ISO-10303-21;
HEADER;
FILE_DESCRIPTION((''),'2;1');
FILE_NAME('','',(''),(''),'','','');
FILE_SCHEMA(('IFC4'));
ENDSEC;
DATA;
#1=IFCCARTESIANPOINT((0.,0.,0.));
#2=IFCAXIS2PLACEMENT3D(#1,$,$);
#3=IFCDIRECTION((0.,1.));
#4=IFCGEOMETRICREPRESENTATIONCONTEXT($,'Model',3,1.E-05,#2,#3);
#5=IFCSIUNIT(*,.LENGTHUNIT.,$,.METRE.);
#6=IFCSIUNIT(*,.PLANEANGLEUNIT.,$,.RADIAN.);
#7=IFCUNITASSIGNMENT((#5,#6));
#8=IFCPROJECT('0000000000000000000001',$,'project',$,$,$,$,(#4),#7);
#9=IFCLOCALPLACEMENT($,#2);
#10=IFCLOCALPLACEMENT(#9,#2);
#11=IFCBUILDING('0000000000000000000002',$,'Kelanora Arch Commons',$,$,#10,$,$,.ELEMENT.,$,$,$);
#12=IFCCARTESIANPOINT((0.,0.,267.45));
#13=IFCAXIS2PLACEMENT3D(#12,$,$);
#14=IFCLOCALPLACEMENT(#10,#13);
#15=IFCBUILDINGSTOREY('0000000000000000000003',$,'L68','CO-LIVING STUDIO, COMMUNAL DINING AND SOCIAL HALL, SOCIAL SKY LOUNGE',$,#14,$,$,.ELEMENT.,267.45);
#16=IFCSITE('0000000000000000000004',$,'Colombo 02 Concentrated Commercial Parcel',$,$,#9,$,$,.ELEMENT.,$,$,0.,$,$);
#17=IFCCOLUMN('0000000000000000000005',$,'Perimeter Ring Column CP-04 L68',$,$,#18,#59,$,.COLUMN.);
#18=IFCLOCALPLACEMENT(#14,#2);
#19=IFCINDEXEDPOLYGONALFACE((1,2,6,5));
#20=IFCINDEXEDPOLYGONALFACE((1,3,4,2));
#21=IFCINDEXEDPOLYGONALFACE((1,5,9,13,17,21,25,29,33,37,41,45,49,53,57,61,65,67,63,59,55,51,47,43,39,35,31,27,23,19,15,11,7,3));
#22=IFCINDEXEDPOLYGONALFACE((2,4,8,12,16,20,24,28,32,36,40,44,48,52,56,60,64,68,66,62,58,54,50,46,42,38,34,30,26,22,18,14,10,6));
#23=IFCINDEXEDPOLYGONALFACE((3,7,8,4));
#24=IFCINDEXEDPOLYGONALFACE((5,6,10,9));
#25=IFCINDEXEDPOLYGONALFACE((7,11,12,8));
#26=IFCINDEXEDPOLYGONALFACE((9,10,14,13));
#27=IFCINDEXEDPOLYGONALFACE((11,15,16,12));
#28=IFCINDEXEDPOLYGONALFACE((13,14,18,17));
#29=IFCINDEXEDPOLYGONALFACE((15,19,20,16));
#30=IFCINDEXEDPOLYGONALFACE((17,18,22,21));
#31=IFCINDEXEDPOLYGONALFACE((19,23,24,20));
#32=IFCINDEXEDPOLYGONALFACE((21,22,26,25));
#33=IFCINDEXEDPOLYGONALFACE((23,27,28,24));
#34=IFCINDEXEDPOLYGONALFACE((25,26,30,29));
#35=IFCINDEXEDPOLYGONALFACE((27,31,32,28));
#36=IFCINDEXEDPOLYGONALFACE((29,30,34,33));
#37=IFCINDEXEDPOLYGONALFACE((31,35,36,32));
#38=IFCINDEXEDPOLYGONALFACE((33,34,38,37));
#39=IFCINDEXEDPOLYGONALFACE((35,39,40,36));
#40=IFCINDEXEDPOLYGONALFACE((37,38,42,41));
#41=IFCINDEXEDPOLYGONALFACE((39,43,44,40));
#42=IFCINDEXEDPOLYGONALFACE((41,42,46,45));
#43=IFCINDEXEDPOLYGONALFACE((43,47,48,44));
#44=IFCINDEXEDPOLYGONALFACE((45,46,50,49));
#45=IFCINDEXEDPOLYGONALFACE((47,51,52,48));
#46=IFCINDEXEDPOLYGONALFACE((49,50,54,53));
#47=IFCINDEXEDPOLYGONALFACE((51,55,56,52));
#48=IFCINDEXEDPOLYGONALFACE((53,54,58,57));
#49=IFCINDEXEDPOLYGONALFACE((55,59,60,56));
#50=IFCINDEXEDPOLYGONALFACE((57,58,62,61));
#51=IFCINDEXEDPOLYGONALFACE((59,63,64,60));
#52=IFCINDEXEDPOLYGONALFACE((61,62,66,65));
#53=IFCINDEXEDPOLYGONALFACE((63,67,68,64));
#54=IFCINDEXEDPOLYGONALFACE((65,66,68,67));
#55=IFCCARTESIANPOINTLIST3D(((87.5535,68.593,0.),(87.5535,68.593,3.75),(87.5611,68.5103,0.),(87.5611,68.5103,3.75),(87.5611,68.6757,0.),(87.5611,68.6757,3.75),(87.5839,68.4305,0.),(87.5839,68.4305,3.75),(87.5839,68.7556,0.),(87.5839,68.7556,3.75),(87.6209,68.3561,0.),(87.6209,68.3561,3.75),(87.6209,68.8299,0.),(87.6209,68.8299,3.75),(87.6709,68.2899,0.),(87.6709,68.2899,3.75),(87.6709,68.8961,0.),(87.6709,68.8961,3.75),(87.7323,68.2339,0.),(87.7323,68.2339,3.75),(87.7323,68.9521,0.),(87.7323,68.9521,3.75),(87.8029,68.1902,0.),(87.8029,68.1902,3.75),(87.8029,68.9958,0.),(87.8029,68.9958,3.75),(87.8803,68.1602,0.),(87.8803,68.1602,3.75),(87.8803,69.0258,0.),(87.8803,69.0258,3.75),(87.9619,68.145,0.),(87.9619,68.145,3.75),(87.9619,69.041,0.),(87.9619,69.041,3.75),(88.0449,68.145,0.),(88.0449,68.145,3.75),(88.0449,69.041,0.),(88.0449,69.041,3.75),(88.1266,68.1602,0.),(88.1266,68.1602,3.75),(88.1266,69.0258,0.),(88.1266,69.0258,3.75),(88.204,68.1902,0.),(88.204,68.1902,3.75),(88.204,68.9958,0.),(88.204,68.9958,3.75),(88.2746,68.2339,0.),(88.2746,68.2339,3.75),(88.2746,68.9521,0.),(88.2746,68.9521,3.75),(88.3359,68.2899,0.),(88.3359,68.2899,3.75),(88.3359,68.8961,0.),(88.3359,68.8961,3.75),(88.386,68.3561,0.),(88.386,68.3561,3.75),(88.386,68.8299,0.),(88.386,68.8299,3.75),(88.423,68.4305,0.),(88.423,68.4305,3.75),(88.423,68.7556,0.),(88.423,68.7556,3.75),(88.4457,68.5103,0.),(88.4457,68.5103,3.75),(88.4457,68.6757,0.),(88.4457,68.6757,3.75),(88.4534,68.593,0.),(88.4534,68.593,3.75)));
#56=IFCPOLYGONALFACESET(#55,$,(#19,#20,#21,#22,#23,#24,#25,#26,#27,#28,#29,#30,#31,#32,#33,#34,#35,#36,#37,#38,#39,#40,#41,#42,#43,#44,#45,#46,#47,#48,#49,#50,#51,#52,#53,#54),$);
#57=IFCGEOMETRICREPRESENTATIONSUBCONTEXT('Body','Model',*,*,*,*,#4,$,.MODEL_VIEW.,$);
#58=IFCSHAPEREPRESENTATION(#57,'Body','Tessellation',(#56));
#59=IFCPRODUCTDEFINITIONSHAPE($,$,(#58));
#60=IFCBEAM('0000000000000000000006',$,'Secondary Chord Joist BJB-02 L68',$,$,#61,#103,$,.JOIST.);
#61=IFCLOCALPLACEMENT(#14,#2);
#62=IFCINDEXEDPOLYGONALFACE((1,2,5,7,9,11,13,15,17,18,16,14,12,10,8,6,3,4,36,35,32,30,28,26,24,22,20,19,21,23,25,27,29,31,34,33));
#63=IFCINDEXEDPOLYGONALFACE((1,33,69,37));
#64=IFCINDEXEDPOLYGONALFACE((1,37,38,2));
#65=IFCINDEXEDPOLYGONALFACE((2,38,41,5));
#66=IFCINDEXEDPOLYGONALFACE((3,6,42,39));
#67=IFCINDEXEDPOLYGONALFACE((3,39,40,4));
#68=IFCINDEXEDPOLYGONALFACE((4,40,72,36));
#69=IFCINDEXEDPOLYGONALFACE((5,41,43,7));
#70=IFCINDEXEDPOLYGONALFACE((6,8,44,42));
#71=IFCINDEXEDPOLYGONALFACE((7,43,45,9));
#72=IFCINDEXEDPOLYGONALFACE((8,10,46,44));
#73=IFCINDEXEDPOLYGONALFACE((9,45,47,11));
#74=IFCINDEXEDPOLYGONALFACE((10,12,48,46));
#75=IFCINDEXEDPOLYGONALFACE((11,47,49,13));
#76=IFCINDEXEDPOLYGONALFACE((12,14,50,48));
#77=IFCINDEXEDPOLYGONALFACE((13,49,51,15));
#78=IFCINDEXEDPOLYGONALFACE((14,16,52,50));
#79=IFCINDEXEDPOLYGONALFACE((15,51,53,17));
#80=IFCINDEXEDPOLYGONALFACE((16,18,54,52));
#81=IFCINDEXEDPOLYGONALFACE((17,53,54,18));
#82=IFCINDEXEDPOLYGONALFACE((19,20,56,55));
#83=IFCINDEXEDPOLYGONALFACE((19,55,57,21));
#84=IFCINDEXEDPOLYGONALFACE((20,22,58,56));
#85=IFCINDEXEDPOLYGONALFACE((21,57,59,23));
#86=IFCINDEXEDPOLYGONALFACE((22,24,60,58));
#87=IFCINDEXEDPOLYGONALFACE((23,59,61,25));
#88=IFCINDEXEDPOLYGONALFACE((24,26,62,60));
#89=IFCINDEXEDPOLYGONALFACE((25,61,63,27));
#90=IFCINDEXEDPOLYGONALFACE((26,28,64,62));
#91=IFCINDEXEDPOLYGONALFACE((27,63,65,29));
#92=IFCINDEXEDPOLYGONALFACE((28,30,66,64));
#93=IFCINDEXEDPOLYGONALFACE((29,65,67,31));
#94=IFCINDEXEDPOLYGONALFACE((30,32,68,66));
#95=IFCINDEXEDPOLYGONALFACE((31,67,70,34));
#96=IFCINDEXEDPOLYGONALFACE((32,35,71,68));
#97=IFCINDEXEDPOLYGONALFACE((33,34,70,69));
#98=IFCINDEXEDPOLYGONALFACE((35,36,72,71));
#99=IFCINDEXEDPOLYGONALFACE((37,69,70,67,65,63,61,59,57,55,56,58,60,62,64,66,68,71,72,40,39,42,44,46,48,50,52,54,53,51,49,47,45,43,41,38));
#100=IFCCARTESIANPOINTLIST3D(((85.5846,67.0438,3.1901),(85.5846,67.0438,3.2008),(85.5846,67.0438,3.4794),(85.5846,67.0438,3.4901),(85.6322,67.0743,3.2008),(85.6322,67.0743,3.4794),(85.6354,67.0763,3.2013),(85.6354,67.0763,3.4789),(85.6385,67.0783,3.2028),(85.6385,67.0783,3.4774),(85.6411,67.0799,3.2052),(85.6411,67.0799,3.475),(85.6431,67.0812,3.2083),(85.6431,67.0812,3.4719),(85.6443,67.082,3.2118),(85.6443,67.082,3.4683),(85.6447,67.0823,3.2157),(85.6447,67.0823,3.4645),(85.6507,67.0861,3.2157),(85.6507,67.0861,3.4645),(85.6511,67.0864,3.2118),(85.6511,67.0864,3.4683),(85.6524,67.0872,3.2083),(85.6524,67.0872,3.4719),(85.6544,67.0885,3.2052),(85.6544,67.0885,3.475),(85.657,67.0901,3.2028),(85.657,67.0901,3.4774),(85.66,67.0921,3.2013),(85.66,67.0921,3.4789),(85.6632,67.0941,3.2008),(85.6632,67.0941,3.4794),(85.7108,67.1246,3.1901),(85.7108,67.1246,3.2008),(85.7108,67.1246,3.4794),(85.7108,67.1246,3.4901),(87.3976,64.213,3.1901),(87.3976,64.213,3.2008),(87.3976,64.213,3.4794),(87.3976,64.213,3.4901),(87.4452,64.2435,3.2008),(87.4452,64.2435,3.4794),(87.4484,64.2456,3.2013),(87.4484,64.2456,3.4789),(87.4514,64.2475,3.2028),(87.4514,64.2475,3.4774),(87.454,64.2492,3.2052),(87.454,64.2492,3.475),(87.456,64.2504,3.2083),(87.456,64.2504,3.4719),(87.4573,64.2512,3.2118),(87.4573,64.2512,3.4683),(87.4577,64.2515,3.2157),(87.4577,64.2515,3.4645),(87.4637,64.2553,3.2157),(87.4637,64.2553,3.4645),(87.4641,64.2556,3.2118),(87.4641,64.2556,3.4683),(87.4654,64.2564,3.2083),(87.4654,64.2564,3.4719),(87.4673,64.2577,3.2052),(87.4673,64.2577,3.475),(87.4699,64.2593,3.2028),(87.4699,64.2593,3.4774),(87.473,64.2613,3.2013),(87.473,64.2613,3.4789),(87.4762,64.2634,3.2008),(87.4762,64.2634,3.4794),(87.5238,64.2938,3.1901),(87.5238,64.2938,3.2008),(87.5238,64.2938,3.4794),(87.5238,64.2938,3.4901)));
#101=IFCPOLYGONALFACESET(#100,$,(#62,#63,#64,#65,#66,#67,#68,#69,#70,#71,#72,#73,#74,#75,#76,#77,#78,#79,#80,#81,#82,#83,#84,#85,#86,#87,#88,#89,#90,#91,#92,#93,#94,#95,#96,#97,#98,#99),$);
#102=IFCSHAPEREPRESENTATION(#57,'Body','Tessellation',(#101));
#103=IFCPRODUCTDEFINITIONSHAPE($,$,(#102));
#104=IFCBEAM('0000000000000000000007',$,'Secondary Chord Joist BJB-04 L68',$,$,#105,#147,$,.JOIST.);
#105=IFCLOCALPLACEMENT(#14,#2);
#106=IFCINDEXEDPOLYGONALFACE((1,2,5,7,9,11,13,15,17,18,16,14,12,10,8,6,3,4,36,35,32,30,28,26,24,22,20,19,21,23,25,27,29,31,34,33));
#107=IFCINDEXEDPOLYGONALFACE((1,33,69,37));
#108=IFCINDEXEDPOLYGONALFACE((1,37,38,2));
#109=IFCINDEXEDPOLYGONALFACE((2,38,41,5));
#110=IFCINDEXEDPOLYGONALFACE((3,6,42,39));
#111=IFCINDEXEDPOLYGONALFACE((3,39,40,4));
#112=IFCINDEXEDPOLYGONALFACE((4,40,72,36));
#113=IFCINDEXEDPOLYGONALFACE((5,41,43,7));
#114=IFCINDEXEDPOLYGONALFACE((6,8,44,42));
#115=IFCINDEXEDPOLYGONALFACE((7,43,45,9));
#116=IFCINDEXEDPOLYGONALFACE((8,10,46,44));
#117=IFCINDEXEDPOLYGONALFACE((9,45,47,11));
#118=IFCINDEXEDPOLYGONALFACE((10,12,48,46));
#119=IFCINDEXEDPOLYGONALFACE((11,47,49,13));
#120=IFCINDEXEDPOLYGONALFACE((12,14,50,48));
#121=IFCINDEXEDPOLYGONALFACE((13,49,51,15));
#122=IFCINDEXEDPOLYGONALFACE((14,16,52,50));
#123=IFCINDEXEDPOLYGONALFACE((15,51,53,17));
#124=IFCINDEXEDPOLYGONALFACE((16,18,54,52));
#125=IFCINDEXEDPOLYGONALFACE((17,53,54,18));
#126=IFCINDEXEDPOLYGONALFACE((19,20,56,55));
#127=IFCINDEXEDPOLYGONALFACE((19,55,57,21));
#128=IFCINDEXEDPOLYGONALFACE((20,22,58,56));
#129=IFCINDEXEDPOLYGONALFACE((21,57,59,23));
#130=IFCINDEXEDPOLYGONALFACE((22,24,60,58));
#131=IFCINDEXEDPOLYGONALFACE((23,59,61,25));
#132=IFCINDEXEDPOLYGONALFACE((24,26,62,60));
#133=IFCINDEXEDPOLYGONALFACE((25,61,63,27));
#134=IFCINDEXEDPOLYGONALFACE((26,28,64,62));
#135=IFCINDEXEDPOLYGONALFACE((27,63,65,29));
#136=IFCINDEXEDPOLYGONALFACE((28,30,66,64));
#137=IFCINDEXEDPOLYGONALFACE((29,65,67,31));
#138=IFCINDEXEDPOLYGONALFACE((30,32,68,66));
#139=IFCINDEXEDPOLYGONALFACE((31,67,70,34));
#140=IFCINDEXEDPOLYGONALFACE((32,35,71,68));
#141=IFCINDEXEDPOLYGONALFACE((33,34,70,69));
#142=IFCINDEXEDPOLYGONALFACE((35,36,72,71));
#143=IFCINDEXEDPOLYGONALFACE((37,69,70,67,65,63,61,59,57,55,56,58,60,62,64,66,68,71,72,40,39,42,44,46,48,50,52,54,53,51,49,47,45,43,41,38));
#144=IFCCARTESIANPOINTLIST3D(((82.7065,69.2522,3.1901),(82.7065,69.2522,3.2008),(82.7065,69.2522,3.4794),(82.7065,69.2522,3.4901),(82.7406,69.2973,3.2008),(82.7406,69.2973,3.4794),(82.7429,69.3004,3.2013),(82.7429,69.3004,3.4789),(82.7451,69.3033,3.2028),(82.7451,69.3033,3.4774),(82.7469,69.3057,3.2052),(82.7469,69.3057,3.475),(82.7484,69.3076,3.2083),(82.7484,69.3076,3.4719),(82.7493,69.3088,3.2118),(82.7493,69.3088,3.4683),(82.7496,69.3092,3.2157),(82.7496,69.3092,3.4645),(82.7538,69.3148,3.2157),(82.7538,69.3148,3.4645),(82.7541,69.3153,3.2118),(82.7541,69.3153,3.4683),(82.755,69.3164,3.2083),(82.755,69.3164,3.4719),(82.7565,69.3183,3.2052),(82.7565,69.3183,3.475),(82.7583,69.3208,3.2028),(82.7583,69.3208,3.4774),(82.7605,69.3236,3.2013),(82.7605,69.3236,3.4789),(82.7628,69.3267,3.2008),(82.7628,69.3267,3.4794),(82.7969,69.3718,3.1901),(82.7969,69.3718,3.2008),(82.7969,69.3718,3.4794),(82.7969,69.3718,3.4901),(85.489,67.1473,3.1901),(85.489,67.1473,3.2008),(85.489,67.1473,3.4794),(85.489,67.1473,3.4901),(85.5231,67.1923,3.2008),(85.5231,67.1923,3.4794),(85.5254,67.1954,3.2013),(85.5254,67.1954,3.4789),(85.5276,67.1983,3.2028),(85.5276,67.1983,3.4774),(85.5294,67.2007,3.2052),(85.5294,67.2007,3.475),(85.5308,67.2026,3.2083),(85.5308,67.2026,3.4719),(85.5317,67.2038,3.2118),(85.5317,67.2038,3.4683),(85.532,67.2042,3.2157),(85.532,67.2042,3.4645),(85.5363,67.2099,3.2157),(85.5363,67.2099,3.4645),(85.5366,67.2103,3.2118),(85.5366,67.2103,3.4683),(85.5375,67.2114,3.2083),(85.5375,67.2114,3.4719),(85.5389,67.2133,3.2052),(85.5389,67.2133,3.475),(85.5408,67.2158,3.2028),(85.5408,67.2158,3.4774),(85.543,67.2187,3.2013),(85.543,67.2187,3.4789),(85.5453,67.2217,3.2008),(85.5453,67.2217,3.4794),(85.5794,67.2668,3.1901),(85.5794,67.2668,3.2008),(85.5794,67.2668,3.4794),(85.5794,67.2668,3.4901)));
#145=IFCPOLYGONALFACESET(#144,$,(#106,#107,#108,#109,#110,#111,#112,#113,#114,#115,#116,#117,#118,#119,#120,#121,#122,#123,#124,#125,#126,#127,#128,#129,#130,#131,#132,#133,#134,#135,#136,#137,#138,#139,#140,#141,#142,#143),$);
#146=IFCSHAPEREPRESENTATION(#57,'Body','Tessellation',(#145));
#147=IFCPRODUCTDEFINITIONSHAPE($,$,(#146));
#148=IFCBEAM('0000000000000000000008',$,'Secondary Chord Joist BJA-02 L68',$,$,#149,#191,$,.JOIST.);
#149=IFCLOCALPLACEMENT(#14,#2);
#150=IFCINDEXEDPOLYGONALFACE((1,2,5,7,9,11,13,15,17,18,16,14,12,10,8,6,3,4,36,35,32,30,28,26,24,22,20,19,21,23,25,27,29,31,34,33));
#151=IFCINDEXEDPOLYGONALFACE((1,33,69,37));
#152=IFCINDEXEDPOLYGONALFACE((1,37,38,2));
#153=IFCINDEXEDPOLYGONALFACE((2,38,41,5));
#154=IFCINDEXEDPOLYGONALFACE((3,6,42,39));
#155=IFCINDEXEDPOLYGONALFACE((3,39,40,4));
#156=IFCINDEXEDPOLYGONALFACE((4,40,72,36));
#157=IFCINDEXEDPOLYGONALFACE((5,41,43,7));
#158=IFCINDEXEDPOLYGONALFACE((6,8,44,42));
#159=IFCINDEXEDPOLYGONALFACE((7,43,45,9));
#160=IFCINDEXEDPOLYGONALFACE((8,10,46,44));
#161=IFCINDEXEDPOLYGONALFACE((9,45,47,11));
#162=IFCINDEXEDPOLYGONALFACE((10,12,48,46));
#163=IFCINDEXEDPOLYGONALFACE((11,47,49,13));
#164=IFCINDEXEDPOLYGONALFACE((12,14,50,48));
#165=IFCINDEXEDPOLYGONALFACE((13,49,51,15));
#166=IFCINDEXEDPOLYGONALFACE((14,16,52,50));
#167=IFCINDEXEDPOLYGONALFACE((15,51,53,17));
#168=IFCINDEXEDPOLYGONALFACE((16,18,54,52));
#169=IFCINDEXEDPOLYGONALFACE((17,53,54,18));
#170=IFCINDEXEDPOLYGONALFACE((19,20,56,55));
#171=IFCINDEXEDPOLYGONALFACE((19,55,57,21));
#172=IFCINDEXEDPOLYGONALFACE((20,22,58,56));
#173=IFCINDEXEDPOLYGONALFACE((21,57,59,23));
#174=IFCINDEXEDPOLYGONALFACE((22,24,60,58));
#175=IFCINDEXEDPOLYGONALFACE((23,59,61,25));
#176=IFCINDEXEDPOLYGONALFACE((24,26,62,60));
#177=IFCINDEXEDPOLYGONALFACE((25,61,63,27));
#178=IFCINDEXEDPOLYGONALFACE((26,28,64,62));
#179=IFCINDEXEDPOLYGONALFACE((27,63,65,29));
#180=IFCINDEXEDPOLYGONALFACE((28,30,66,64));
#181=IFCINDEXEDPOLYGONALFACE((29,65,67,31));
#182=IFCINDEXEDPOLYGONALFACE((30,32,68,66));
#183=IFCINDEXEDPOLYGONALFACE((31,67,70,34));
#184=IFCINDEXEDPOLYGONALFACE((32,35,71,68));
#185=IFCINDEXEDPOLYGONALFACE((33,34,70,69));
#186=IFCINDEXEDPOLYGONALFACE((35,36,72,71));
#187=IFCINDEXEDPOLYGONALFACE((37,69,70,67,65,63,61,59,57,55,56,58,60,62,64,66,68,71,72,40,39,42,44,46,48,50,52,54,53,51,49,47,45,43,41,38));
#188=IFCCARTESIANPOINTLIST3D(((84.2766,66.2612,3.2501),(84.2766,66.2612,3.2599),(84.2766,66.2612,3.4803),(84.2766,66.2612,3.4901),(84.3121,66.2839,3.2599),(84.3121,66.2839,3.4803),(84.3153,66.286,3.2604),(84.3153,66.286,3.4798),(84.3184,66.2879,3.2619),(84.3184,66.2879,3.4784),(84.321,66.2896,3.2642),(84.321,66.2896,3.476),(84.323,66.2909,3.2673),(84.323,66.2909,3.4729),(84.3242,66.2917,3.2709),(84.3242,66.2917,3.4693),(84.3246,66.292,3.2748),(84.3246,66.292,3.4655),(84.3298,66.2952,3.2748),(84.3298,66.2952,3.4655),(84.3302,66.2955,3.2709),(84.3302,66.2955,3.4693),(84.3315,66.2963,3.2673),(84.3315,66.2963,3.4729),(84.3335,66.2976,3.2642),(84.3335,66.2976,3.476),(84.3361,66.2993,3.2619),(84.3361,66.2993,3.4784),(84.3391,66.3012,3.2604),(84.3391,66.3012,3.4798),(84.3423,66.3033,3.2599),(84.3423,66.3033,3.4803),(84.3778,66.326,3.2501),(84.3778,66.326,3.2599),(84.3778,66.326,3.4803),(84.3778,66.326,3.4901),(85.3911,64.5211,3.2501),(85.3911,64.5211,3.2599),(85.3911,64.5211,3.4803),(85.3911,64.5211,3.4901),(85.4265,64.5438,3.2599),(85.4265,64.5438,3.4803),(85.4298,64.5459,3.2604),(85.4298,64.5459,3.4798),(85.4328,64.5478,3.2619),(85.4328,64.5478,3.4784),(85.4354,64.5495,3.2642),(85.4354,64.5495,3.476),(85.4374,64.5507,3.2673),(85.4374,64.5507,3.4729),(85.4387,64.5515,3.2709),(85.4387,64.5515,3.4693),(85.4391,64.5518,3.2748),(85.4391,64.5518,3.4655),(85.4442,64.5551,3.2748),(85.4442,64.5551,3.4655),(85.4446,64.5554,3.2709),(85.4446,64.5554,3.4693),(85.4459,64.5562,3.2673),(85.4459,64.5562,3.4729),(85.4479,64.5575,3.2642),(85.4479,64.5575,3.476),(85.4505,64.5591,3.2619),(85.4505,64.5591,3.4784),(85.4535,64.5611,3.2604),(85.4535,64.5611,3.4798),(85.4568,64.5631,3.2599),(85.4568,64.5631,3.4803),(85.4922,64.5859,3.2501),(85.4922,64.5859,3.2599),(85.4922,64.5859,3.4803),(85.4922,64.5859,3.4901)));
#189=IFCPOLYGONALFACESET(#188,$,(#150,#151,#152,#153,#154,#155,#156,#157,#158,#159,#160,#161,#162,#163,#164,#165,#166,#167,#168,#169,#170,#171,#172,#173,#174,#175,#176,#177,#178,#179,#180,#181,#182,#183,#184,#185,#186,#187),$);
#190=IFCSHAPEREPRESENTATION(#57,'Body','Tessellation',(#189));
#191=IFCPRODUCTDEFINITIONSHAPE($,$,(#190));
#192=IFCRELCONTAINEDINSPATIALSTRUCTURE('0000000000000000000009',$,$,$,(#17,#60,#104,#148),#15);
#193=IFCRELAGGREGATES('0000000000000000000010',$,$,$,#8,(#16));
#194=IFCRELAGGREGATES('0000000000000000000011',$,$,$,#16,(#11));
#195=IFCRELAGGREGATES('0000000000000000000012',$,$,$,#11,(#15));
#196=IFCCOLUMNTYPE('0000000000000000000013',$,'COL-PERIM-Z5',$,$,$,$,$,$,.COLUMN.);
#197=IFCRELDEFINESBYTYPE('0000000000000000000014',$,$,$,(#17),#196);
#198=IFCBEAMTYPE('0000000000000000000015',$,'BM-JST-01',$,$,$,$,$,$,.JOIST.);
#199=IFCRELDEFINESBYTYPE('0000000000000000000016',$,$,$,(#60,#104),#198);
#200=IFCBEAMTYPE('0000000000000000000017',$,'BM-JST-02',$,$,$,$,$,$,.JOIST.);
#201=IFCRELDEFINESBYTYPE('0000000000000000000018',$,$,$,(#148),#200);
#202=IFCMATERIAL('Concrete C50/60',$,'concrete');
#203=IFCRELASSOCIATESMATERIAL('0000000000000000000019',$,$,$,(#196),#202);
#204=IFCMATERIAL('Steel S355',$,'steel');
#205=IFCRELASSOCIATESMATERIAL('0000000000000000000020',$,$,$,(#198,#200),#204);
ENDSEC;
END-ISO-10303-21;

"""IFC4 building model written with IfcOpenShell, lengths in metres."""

from ifc_helpers import new_model, si_unit, direction, frame, origin, origin_2d, place, context, subcontext, project, spatial, circle, i_section, extrude, material, material_profile, profile_set, type_object, element, save


model = new_model("IFC4")

# Units and contexts
model_context = context("Model", 3, precision=1e-05, world=origin(), true_north=direction((0.0, 1.0)))
body_context = subcontext(model_context, "Body", "Model", "MODEL_VIEW")
ifc_project = project(units=[si_unit("LENGTHUNIT", "METRE"), si_unit("PLANEANGLEUNIT", "RADIAN")], contexts=[model_context])

# Site, building, storey
site_placement = place(None, origin())
site = spatial("IfcSite", under=ifc_project, at=site_placement, Name="Colombo 02 Concentrated Commercial Parcel", CompositionType="ELEMENT", RefElevation=0.0)
building_placement = place(site_placement, origin())
building = spatial("IfcBuilding", under=site, at=building_placement, Name="Kelanora Arch Commons", CompositionType="ELEMENT")
storey_placement = place(building_placement, frame((0.0, 0.0, 267.45)))
storey = spatial("IfcBuildingStorey", under=building, at=storey_placement, Name="L68", Description="CO-LIVING STUDIO, COMMUNAL DINING AND SOCIAL HALL, SOCIAL SKY LOUNGE", CompositionType="ELEMENT", Elevation=267.45)

# Column
ifc_material_1 = material(Name="Concrete C50/60", Category="concrete")
ifc_material_profile_1 = material_profile(ifc_material_1, circle(Radius=0.45, at=origin_2d()), Name="RCC900")
ifc_profile_set_1 = profile_set([ifc_material_profile_1], Name="Concrete C50/60")
column_type = type_object("IfcColumnType", Name="COL-PERIM-Z5", PredefinedType="COLUMN", material=ifc_profile_set_1)
column_placement = place(storey_placement, frame((88.0034, 68.593, 0.0), z_axis=(0.0, 0.0, 1.0), x_axis=(1.0, 0.0, 0.0)))
element("IfcColumn", 1, at=column_placement, inside=storey, type_object=column_type, Name="Perimeter Ring Column CP-04 L68", PredefinedType="COLUMN", context=body_context, shape_type="SweptSolid", body=[
    extrude(circle(Radius=0.45, at=origin_2d()), origin(), (0.0, 0.0, 1.0), 3.75),
])

# Beams
ifc_material_2 = material(Name="Steel S355", Category="steel")
ifc_material_profile_2 = material_profile(ifc_material_2, i_section(OverallWidth=0.1499, OverallDepth=0.3, WebThickness=0.0071, FlangeThickness=0.0107, FilletRadius=0.0149, at=origin_2d()), Name="IPE300")
ifc_profile_set_2 = profile_set([ifc_material_profile_2], Name="Steel S355")
beam_type_1 = type_object("IfcBeamType", Name="BM-JST-01", PredefinedType="JOIST", material=ifc_profile_set_2)
beam_1_placement = place(storey_placement, frame((87.4607, 64.2534, 3.3401), z_axis=(-0.539322, 0.8421, 0.0), x_axis=(-0.8421, -0.539322, 0.0)))
element("IfcBeam", 2, at=beam_1_placement, inside=storey, type_object=beam_type_1, Name="Secondary Chord Joist BJB-02 L68", PredefinedType="JOIST", context=body_context, shape_type="SweptSolid", body=[
    extrude(i_section(OverallWidth=0.1499, OverallDepth=0.3, WebThickness=0.0071, FlangeThickness=0.0107, FilletRadius=0.0149, at=origin_2d()), origin(), (0.0, 0.0, 1.0), 3.3616),
])
beam_2_placement = place(storey_placement, frame((85.5342, 67.207, 3.3401), z_axis=(-0.797499, 0.60332, 0.0), x_axis=(-0.60332, -0.797499, 0.0)))
element("IfcBeam", 3, at=beam_2_placement, inside=storey, type_object=beam_type_1, Name="Secondary Chord Joist BJB-04 L68", PredefinedType="JOIST", context=body_context, shape_type="SweptSolid", body=[
    extrude(i_section(OverallWidth=0.1499, OverallDepth=0.3, WebThickness=0.0071, FlangeThickness=0.0107, FilletRadius=0.0149, at=origin_2d()), origin(), (0.0, 0.0, 1.0), 3.489),
])
ifc_material_profile_3 = material_profile(ifc_material_2, i_section(OverallWidth=0.1201, OverallDepth=0.24, WebThickness=0.0061, FlangeThickness=0.0098, FilletRadius=0.0149, at=origin_2d()), Name="IPE240")
ifc_profile_set_3 = profile_set([ifc_material_profile_3], Name="Steel S355")
beam_type_2 = type_object("IfcBeamType", Name="BM-JST-02", PredefinedType="JOIST", material=ifc_profile_set_3)
beam_3_placement = place(storey_placement, frame((85.4417, 64.5535, 3.3701), z_axis=(-0.539312, 0.842106, 0.0), x_axis=(-0.842106, -0.539312, 0.0)))
element("IfcBeam", 4, at=beam_3_placement, inside=storey, type_object=beam_type_2, Name="Secondary Chord Joist BJA-02 L68", PredefinedType="JOIST", context=body_context, shape_type="SweptSolid", body=[
    extrude(i_section(OverallWidth=0.1201, OverallDepth=0.24, WebThickness=0.0061, FlangeThickness=0.0098, FilletRadius=0.0149, at=origin_2d()), origin(), (0.0, 0.0, 1.0), 2.0664),
])

save(model, "model.ifc")
